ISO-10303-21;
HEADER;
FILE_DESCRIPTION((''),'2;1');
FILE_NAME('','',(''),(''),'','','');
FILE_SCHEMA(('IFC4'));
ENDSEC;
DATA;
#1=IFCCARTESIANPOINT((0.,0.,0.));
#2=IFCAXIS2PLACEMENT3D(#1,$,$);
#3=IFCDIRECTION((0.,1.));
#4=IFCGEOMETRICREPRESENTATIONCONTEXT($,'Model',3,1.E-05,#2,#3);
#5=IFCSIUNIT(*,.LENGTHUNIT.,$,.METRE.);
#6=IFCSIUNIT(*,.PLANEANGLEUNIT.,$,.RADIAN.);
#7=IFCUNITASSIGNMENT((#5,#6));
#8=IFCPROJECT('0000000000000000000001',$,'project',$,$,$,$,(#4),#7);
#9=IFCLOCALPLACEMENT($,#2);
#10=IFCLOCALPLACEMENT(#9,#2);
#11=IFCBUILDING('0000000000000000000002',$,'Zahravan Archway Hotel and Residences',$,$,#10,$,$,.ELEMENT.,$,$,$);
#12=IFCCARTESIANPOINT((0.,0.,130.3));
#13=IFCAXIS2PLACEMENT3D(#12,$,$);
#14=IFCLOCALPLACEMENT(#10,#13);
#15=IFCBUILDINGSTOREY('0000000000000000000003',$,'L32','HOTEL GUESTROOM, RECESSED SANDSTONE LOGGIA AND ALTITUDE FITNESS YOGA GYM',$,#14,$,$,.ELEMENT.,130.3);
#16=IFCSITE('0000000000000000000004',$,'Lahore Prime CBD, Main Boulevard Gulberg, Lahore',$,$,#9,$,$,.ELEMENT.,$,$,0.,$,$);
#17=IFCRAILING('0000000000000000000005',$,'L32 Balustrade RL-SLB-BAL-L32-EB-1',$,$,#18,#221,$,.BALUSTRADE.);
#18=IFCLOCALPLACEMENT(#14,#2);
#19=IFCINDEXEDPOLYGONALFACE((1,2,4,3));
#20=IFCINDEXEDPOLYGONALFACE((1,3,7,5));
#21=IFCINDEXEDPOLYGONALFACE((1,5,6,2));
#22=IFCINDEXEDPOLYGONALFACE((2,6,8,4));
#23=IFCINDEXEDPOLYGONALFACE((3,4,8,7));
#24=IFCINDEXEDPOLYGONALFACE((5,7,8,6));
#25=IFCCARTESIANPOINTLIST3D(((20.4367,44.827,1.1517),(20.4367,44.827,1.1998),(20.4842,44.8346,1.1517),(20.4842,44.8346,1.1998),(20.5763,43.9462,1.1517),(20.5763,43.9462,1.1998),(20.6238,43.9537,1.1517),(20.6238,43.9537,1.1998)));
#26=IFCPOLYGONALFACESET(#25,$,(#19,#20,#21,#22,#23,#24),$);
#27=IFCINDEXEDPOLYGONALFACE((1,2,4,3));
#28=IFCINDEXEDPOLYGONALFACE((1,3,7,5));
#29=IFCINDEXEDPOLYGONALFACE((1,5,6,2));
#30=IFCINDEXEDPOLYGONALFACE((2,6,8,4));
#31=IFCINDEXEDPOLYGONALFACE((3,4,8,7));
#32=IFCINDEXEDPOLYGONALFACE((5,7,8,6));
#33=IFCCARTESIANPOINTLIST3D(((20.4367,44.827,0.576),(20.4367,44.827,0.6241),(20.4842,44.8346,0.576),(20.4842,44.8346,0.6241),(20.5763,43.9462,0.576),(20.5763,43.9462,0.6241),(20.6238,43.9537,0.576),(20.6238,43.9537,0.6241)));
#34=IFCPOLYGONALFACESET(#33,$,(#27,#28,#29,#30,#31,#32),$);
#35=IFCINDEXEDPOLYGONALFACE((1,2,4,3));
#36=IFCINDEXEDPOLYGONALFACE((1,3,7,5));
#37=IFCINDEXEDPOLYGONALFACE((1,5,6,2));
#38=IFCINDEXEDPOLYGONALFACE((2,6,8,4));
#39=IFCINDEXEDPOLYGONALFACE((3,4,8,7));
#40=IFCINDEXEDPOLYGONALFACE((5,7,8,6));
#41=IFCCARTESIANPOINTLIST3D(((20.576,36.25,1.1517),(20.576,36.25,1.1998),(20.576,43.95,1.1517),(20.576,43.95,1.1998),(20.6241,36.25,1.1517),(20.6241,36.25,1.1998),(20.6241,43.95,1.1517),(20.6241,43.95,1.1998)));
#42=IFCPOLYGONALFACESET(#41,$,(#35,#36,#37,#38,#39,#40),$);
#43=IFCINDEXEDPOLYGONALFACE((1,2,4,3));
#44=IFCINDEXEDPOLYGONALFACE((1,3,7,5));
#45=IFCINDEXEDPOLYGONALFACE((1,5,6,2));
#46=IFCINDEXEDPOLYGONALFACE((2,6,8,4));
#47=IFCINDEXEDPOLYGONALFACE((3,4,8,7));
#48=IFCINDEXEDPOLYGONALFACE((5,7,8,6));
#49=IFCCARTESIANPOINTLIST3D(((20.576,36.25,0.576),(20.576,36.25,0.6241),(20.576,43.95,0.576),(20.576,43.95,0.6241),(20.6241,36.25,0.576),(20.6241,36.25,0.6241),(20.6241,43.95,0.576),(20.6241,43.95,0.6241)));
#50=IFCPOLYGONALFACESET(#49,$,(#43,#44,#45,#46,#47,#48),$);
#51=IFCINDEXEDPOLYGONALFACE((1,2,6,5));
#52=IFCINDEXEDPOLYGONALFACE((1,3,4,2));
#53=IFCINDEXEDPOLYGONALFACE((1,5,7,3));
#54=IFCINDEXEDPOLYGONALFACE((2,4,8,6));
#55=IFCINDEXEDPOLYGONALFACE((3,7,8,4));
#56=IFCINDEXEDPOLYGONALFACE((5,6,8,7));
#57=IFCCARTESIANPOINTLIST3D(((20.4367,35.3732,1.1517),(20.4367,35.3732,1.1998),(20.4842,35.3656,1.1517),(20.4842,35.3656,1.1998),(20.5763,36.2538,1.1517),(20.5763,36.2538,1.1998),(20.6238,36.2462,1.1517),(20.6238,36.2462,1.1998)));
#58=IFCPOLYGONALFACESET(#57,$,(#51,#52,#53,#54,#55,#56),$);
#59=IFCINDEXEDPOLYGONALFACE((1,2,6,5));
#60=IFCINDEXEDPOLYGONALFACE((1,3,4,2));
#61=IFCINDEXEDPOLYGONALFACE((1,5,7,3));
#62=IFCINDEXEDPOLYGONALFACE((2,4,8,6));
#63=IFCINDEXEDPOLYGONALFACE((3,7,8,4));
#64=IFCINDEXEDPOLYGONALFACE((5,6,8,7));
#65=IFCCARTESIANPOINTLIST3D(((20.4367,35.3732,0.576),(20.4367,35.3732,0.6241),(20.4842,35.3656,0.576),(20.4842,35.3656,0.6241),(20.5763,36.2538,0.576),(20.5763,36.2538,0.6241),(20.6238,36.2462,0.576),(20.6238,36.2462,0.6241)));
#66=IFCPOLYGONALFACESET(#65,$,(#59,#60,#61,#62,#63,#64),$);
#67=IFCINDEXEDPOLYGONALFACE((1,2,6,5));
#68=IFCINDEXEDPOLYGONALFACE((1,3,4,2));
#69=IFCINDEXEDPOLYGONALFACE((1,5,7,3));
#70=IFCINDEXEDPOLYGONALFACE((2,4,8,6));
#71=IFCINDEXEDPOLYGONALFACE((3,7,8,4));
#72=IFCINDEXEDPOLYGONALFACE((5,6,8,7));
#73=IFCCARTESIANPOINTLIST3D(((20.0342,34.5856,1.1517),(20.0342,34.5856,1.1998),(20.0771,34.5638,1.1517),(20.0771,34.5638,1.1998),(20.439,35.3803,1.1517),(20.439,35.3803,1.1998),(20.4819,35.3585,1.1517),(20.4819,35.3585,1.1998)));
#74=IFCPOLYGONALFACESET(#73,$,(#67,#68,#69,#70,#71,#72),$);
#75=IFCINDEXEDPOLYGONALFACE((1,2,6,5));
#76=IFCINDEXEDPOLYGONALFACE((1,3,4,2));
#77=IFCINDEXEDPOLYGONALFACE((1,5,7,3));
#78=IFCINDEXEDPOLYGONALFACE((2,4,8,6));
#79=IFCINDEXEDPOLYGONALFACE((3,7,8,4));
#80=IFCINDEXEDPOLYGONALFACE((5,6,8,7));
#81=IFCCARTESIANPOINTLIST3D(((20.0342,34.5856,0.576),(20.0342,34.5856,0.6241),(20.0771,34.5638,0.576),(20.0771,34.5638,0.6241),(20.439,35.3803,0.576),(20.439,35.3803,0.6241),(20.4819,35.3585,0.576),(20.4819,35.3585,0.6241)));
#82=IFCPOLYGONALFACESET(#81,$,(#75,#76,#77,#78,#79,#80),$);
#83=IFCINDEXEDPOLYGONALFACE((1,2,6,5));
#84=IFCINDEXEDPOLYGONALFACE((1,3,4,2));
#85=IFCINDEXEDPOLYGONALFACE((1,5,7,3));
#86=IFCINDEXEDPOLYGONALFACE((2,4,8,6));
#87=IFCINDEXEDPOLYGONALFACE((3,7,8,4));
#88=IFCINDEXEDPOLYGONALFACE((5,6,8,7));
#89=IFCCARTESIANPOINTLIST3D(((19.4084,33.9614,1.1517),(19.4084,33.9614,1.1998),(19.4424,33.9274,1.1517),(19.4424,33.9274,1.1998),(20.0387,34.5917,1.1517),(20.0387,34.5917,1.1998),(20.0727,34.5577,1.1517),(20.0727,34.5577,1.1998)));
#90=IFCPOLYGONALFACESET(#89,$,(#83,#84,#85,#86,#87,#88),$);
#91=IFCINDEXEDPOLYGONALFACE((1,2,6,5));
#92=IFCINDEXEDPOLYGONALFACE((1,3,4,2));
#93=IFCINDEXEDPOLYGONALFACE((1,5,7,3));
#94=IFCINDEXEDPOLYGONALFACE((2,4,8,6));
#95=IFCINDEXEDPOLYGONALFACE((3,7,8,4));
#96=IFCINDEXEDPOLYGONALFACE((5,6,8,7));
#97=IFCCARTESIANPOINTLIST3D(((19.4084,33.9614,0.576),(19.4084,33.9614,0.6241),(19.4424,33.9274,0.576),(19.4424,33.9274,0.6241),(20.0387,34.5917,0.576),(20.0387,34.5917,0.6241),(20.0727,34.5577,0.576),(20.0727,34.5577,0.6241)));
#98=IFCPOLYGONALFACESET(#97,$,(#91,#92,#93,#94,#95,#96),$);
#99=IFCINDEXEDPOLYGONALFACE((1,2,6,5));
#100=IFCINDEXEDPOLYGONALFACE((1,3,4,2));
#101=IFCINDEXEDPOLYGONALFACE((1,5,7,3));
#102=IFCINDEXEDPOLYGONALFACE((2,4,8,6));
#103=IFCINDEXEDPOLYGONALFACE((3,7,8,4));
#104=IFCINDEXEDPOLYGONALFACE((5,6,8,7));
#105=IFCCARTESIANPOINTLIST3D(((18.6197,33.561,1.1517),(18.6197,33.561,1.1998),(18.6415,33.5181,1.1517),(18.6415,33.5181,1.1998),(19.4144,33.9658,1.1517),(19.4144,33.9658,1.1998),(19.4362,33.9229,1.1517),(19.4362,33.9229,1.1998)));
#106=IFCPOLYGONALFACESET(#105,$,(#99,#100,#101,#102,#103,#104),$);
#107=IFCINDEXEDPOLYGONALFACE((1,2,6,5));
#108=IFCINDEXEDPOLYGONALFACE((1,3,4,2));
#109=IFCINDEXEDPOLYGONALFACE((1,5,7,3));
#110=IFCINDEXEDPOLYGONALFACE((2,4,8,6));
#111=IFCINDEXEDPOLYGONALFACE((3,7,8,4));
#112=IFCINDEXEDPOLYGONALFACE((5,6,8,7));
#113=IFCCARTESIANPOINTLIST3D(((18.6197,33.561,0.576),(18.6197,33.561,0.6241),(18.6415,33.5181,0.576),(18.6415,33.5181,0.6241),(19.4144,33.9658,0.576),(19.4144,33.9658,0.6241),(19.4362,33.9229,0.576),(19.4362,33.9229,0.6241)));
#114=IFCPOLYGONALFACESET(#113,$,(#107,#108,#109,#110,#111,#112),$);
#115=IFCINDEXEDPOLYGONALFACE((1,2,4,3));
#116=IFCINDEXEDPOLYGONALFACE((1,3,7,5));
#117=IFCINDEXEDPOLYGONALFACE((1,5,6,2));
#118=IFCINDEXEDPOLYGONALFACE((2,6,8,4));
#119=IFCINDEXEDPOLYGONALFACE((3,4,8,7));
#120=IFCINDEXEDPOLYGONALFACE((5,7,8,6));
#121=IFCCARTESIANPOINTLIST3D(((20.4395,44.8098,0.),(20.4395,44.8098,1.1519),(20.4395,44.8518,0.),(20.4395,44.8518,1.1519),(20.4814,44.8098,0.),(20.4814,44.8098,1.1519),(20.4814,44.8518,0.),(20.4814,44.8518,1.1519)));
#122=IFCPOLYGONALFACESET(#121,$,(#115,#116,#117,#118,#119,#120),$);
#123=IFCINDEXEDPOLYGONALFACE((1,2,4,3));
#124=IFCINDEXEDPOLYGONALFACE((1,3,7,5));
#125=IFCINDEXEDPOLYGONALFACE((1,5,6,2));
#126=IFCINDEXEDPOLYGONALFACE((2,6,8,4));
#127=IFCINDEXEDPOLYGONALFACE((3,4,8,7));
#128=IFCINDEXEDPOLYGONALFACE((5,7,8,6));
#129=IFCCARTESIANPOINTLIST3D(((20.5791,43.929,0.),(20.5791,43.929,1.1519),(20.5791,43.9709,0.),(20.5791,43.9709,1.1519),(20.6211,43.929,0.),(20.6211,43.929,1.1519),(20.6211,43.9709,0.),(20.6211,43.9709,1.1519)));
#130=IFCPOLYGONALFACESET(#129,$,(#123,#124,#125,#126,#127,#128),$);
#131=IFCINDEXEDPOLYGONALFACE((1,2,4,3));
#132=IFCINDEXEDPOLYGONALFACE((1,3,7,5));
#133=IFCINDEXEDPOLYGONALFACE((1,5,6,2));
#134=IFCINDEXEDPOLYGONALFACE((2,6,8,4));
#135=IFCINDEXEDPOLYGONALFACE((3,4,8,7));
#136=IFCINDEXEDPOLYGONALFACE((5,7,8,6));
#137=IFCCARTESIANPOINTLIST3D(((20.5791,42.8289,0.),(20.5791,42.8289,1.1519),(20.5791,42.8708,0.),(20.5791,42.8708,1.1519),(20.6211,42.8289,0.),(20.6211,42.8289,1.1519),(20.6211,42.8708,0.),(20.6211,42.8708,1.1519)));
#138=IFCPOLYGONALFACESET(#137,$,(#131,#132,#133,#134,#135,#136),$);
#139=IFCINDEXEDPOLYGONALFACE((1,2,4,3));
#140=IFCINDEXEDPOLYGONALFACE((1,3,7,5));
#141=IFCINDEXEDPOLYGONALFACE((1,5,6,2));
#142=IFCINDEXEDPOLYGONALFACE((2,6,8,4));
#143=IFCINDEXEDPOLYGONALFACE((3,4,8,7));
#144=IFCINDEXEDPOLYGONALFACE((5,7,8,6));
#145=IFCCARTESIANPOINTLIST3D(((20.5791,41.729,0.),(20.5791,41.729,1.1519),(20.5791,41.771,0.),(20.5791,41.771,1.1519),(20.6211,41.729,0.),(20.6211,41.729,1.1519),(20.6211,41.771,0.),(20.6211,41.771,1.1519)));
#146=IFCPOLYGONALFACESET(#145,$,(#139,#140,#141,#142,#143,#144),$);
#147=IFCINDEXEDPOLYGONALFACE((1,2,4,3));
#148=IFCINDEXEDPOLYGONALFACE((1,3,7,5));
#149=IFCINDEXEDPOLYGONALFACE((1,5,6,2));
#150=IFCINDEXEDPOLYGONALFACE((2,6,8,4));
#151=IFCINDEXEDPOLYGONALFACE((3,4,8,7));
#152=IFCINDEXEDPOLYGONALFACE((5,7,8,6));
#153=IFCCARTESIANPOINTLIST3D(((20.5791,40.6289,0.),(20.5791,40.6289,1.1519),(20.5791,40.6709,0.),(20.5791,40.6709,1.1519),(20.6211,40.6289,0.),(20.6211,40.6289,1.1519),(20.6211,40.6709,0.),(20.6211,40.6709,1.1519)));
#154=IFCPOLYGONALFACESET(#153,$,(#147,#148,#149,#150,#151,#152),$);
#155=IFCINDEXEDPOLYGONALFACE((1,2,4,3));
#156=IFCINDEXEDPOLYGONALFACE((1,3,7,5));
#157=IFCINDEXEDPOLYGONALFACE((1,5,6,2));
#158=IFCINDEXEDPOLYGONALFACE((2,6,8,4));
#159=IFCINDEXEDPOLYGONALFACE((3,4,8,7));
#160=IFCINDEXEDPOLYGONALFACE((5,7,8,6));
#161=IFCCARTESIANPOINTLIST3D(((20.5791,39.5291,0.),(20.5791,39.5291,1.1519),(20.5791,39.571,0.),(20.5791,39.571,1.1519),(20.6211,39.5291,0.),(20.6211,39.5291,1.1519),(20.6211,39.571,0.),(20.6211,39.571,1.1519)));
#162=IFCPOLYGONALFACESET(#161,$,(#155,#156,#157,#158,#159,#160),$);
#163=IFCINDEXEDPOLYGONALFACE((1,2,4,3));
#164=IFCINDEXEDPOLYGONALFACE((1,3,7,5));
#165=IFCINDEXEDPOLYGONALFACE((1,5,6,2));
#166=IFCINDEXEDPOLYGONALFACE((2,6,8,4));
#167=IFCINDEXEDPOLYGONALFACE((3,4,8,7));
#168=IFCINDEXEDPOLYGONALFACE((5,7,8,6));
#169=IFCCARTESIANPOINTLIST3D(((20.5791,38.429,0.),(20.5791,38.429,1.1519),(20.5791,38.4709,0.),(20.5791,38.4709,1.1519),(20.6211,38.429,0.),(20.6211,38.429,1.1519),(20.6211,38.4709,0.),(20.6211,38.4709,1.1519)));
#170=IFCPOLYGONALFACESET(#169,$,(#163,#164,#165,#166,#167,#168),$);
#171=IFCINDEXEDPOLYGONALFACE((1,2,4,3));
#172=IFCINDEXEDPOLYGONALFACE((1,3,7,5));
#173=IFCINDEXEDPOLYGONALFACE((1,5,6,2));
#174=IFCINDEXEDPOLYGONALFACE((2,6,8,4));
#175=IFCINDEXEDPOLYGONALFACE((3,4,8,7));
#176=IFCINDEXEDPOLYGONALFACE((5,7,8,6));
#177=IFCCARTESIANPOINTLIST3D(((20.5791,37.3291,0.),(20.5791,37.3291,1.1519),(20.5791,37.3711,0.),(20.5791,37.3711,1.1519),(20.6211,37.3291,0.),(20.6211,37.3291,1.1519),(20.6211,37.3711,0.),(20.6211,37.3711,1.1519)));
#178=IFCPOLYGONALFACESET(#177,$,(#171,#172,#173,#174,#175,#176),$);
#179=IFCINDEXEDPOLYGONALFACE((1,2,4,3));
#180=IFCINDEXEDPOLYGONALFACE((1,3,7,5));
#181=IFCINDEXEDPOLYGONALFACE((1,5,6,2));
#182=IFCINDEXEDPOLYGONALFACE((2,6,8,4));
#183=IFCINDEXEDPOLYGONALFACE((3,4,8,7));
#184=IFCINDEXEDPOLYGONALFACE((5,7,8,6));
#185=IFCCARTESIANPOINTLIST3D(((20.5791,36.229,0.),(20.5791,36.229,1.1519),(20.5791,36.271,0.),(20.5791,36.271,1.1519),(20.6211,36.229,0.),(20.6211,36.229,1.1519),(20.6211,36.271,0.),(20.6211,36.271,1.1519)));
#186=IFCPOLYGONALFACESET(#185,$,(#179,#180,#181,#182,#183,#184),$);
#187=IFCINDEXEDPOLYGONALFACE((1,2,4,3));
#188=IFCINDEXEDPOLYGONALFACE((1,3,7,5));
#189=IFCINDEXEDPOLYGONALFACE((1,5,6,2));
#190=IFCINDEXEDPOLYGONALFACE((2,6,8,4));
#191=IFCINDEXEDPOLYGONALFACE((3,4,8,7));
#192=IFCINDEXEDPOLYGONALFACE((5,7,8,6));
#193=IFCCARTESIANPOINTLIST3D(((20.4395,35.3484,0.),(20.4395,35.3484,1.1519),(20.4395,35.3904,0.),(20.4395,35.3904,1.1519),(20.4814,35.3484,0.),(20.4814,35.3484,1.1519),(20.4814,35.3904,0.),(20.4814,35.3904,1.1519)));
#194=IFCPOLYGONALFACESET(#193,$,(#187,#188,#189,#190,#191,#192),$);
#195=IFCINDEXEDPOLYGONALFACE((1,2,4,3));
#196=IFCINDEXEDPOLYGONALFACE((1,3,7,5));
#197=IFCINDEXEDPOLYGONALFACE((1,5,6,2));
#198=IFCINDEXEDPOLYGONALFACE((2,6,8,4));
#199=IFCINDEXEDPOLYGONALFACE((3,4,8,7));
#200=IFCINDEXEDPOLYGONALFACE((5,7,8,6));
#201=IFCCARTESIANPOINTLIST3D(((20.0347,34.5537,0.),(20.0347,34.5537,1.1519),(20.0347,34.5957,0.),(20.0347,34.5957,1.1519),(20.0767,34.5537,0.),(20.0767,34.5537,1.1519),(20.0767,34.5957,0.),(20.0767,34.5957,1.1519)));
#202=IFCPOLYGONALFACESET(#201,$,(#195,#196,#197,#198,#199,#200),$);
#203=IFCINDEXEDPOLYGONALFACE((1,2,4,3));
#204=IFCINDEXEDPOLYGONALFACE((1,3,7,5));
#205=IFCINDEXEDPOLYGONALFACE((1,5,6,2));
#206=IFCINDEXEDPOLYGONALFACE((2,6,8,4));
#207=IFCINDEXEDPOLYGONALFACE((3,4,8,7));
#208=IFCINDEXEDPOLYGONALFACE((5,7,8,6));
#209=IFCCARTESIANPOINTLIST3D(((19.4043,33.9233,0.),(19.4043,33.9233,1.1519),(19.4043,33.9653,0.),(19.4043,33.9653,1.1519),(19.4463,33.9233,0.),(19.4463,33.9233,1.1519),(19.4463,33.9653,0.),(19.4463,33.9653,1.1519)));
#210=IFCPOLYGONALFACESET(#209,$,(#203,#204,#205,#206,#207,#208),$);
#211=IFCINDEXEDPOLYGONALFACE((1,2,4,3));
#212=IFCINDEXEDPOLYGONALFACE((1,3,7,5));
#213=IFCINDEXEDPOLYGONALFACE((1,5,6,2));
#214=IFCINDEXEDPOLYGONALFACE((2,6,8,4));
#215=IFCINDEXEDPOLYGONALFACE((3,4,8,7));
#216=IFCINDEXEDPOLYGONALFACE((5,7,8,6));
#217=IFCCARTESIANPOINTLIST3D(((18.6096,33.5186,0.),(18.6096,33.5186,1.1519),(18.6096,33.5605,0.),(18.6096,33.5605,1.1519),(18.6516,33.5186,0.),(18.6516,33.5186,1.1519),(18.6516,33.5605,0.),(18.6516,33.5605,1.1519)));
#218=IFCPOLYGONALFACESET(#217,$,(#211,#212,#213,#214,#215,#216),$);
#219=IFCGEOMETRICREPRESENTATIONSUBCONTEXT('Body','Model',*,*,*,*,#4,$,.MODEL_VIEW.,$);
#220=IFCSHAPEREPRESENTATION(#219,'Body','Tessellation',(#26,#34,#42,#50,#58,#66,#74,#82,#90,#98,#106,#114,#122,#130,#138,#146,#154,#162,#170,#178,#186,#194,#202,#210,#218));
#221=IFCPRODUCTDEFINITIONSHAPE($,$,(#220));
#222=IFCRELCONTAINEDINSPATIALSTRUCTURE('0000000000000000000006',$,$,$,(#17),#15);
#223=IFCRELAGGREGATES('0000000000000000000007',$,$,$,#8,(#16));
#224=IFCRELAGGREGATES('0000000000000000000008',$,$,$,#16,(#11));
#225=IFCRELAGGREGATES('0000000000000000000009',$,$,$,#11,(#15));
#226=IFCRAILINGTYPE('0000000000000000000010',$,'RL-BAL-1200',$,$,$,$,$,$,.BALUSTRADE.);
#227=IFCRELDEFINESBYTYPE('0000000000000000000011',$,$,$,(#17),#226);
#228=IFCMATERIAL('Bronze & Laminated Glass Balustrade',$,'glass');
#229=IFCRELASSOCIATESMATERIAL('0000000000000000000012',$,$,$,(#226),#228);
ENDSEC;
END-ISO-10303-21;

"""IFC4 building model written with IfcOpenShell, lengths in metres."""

from ifc_helpers import new_model, si_unit, direction, frame, origin, origin_2d, place, context, subcontext, project, spatial, rectangle, extrude, material, type_object, element, save


model = new_model("IFC4")

# Units and contexts
model_context = context("Model", 3, precision=1e-05, world=origin(), true_north=direction((0.0, 1.0)))
body_context = subcontext(model_context, "Body", "Model", "MODEL_VIEW")
ifc_project = project(units=[si_unit("LENGTHUNIT", "METRE"), si_unit("PLANEANGLEUNIT", "RADIAN")], contexts=[model_context])

# Site, building, storey
site_placement = place(None, origin())
site = spatial("IfcSite", under=ifc_project, at=site_placement, Name="Lahore Prime CBD, Main Boulevard Gulberg, Lahore", CompositionType="ELEMENT", RefElevation=0.0)
building_placement = place(site_placement, origin())
building = spatial("IfcBuilding", under=site, at=building_placement, Name="Zahravan Archway Hotel and Residences", CompositionType="ELEMENT")
storey_placement = place(building_placement, frame((0.0, 0.0, 130.3)))
storey = spatial("IfcBuildingStorey", under=building, at=storey_placement, Name="L32", Description="HOTEL GUESTROOM, RECESSED SANDSTONE LOGGIA AND ALTITUDE FITNESS YOGA GYM", CompositionType="ELEMENT", Elevation=130.3)

# Railing
ifc_material_1 = material(Name="Bronze & Laminated Glass Balustrade", Category="glass")
railing_type = type_object("IfcRailingType", Name="RL-BAL-1200", PredefinedType="BALUSTRADE", material=ifc_material_1)
railing_placement = place(storey_placement, frame((20.4604, 44.8308, 0.0)))
element("IfcRailing", 1, at=railing_placement, inside=storey, type_object=railing_type, Name="L32 Balustrade RL-SLB-BAL-L32-EB-1", PredefinedType="BALUSTRADE", context=body_context, shape_type="SweptSolid", body=[
    extrude(rectangle(XDim=0.0481, YDim=0.0481, at=origin_2d()), frame((0.0, 0.0, 1.1758), z_axis=(0.156581, -0.987665, 0.0), x_axis=(0.987665, 0.156581, 0.0)), (0.0, 0.0, 1.0), 0.8918),
    extrude(rectangle(XDim=0.0481, YDim=0.0481, at=origin_2d()), frame((0.0, 0.0, 0.6001), z_axis=(0.156581, -0.987665, 0.0), x_axis=(0.987665, 0.156581, 0.0)), (0.0, 0.0, 1.0), 0.8918),
    extrude(rectangle(XDim=0.0481, YDim=0.0481, at=origin_2d()), frame((0.1396, -0.8809, 1.1758), z_axis=(0.0, -1.0, 0.0), x_axis=(1.0, 0.0, 0.0)), (0.0, 0.0, 1.0), 7.7),
    extrude(rectangle(XDim=0.0481, YDim=0.0481, at=origin_2d()), frame((0.1396, -0.8809, 0.6001), z_axis=(0.0, -1.0, 0.0), x_axis=(1.0, 0.0, 0.0)), (0.0, 0.0, 1.0), 7.7),
    extrude(rectangle(XDim=0.0481, YDim=0.0481, at=origin_2d()), frame((0.1396, -8.5808, 1.1758), z_axis=(-0.156623, -0.987658, 0.0), x_axis=(0.987658, -0.156623, 0.0)), (0.0, 0.0, 1.0), 0.8916),
    extrude(rectangle(XDim=0.0481, YDim=0.0481, at=origin_2d()), frame((0.1396, -8.5808, 0.6001), z_axis=(-0.156623, -0.987658, 0.0), x_axis=(0.987658, -0.156623, 0.0)), (0.0, 0.0, 1.0), 0.8916),
    extrude(rectangle(XDim=0.0481, YDim=0.0481, at=origin_2d()), frame((0.0, -9.4614, 1.1758), z_axis=(-0.453881, -0.891062, 0.0), x_axis=(0.891062, -0.453881, 0.0)), (0.0, 0.0, 1.0), 0.8918),
    extrude(rectangle(XDim=0.0481, YDim=0.0481, at=origin_2d()), frame((0.0, -9.4614, 0.6001), z_axis=(-0.453881, -0.891062, 0.0), x_axis=(0.891062, -0.453881, 0.0)), (0.0, 0.0, 1.0), 0.8918),
    extrude(rectangle(XDim=0.0481, YDim=0.0481, at=origin_2d()), frame((-0.4048, -10.2561, 1.1758), z_axis=(-0.707107, -0.707107, 0.0), x_axis=(0.707107, -0.707107, 0.0)), (0.0, 0.0, 1.0), 0.8914),
    extrude(rectangle(XDim=0.0481, YDim=0.0481, at=origin_2d()), frame((-0.4048, -10.2561, 0.6001), z_axis=(-0.707107, -0.707107, 0.0), x_axis=(0.707107, -0.707107, 0.0)), (0.0, 0.0, 1.0), 0.8914),
    extrude(rectangle(XDim=0.0481, YDim=0.0481, at=origin_2d()), frame((-1.0352, -10.8865, 1.1758), z_axis=(-0.891062, -0.453881, 0.0), x_axis=(0.453881, -0.891062, 0.0)), (0.0, 0.0, 1.0), 0.8918),
    extrude(rectangle(XDim=0.0481, YDim=0.0481, at=origin_2d()), frame((-1.0352, -10.8865, 0.6001), z_axis=(-0.891062, -0.453881, 0.0), x_axis=(0.453881, -0.891062, 0.0)), (0.0, 0.0, 1.0), 0.8918),
    extrude(rectangle(XDim=0.042, YDim=0.042, at=origin_2d()), origin(), (0.0, 0.0, 1.0), 1.1519),
    extrude(rectangle(XDim=0.042, YDim=0.042, at=origin_2d()), frame((0.1396, -0.8809, 0.0)), (0.0, 0.0, 1.0), 1.1519),
    extrude(rectangle(XDim=0.042, YDim=0.042, at=origin_2d()), frame((0.1396, -1.981, 0.0)), (0.0, 0.0, 1.0), 1.1519),
    extrude(rectangle(XDim=0.042, YDim=0.042, at=origin_2d()), frame((0.1396, -3.0808, 0.0)), (0.0, 0.0, 1.0), 1.1519),
    extrude(rectangle(XDim=0.042, YDim=0.042, at=origin_2d()), frame((0.1396, -4.1809, 0.0)), (0.0, 0.0, 1.0), 1.1519),
    extrude(rectangle(XDim=0.042, YDim=0.042, at=origin_2d()), frame((0.1396, -5.2808, 0.0)), (0.0, 0.0, 1.0), 1.1519),
    extrude(rectangle(XDim=0.042, YDim=0.042, at=origin_2d()), frame((0.1396, -6.3809, 0.0)), (0.0, 0.0, 1.0), 1.1519),
    extrude(rectangle(XDim=0.042, YDim=0.042, at=origin_2d()), frame((0.1396, -7.4807, 0.0)), (0.0, 0.0, 1.0), 1.1519),
    extrude(rectangle(XDim=0.042, YDim=0.042, at=origin_2d()), frame((0.1396, -8.5808, 0.0)), (0.0, 0.0, 1.0), 1.1519),
    extrude(rectangle(XDim=0.042, YDim=0.042, at=origin_2d()), frame((0.0, -9.4614, 0.0)), (0.0, 0.0, 1.0), 1.1519),
    extrude(rectangle(XDim=0.042, YDim=0.042, at=origin_2d()), frame((-0.4048, -10.2561, 0.0)), (0.0, 0.0, 1.0), 1.1519),
    extrude(rectangle(XDim=0.042, YDim=0.042, at=origin_2d()), frame((-1.0352, -10.8865, 0.0)), (0.0, 0.0, 1.0), 1.1519),
    extrude(rectangle(XDim=0.042, YDim=0.042, at=origin_2d()), frame((-1.8298, -11.2913, 0.0)), (0.0, 0.0, 1.0), 1.1519),
])

save(model, "model.ifc")
